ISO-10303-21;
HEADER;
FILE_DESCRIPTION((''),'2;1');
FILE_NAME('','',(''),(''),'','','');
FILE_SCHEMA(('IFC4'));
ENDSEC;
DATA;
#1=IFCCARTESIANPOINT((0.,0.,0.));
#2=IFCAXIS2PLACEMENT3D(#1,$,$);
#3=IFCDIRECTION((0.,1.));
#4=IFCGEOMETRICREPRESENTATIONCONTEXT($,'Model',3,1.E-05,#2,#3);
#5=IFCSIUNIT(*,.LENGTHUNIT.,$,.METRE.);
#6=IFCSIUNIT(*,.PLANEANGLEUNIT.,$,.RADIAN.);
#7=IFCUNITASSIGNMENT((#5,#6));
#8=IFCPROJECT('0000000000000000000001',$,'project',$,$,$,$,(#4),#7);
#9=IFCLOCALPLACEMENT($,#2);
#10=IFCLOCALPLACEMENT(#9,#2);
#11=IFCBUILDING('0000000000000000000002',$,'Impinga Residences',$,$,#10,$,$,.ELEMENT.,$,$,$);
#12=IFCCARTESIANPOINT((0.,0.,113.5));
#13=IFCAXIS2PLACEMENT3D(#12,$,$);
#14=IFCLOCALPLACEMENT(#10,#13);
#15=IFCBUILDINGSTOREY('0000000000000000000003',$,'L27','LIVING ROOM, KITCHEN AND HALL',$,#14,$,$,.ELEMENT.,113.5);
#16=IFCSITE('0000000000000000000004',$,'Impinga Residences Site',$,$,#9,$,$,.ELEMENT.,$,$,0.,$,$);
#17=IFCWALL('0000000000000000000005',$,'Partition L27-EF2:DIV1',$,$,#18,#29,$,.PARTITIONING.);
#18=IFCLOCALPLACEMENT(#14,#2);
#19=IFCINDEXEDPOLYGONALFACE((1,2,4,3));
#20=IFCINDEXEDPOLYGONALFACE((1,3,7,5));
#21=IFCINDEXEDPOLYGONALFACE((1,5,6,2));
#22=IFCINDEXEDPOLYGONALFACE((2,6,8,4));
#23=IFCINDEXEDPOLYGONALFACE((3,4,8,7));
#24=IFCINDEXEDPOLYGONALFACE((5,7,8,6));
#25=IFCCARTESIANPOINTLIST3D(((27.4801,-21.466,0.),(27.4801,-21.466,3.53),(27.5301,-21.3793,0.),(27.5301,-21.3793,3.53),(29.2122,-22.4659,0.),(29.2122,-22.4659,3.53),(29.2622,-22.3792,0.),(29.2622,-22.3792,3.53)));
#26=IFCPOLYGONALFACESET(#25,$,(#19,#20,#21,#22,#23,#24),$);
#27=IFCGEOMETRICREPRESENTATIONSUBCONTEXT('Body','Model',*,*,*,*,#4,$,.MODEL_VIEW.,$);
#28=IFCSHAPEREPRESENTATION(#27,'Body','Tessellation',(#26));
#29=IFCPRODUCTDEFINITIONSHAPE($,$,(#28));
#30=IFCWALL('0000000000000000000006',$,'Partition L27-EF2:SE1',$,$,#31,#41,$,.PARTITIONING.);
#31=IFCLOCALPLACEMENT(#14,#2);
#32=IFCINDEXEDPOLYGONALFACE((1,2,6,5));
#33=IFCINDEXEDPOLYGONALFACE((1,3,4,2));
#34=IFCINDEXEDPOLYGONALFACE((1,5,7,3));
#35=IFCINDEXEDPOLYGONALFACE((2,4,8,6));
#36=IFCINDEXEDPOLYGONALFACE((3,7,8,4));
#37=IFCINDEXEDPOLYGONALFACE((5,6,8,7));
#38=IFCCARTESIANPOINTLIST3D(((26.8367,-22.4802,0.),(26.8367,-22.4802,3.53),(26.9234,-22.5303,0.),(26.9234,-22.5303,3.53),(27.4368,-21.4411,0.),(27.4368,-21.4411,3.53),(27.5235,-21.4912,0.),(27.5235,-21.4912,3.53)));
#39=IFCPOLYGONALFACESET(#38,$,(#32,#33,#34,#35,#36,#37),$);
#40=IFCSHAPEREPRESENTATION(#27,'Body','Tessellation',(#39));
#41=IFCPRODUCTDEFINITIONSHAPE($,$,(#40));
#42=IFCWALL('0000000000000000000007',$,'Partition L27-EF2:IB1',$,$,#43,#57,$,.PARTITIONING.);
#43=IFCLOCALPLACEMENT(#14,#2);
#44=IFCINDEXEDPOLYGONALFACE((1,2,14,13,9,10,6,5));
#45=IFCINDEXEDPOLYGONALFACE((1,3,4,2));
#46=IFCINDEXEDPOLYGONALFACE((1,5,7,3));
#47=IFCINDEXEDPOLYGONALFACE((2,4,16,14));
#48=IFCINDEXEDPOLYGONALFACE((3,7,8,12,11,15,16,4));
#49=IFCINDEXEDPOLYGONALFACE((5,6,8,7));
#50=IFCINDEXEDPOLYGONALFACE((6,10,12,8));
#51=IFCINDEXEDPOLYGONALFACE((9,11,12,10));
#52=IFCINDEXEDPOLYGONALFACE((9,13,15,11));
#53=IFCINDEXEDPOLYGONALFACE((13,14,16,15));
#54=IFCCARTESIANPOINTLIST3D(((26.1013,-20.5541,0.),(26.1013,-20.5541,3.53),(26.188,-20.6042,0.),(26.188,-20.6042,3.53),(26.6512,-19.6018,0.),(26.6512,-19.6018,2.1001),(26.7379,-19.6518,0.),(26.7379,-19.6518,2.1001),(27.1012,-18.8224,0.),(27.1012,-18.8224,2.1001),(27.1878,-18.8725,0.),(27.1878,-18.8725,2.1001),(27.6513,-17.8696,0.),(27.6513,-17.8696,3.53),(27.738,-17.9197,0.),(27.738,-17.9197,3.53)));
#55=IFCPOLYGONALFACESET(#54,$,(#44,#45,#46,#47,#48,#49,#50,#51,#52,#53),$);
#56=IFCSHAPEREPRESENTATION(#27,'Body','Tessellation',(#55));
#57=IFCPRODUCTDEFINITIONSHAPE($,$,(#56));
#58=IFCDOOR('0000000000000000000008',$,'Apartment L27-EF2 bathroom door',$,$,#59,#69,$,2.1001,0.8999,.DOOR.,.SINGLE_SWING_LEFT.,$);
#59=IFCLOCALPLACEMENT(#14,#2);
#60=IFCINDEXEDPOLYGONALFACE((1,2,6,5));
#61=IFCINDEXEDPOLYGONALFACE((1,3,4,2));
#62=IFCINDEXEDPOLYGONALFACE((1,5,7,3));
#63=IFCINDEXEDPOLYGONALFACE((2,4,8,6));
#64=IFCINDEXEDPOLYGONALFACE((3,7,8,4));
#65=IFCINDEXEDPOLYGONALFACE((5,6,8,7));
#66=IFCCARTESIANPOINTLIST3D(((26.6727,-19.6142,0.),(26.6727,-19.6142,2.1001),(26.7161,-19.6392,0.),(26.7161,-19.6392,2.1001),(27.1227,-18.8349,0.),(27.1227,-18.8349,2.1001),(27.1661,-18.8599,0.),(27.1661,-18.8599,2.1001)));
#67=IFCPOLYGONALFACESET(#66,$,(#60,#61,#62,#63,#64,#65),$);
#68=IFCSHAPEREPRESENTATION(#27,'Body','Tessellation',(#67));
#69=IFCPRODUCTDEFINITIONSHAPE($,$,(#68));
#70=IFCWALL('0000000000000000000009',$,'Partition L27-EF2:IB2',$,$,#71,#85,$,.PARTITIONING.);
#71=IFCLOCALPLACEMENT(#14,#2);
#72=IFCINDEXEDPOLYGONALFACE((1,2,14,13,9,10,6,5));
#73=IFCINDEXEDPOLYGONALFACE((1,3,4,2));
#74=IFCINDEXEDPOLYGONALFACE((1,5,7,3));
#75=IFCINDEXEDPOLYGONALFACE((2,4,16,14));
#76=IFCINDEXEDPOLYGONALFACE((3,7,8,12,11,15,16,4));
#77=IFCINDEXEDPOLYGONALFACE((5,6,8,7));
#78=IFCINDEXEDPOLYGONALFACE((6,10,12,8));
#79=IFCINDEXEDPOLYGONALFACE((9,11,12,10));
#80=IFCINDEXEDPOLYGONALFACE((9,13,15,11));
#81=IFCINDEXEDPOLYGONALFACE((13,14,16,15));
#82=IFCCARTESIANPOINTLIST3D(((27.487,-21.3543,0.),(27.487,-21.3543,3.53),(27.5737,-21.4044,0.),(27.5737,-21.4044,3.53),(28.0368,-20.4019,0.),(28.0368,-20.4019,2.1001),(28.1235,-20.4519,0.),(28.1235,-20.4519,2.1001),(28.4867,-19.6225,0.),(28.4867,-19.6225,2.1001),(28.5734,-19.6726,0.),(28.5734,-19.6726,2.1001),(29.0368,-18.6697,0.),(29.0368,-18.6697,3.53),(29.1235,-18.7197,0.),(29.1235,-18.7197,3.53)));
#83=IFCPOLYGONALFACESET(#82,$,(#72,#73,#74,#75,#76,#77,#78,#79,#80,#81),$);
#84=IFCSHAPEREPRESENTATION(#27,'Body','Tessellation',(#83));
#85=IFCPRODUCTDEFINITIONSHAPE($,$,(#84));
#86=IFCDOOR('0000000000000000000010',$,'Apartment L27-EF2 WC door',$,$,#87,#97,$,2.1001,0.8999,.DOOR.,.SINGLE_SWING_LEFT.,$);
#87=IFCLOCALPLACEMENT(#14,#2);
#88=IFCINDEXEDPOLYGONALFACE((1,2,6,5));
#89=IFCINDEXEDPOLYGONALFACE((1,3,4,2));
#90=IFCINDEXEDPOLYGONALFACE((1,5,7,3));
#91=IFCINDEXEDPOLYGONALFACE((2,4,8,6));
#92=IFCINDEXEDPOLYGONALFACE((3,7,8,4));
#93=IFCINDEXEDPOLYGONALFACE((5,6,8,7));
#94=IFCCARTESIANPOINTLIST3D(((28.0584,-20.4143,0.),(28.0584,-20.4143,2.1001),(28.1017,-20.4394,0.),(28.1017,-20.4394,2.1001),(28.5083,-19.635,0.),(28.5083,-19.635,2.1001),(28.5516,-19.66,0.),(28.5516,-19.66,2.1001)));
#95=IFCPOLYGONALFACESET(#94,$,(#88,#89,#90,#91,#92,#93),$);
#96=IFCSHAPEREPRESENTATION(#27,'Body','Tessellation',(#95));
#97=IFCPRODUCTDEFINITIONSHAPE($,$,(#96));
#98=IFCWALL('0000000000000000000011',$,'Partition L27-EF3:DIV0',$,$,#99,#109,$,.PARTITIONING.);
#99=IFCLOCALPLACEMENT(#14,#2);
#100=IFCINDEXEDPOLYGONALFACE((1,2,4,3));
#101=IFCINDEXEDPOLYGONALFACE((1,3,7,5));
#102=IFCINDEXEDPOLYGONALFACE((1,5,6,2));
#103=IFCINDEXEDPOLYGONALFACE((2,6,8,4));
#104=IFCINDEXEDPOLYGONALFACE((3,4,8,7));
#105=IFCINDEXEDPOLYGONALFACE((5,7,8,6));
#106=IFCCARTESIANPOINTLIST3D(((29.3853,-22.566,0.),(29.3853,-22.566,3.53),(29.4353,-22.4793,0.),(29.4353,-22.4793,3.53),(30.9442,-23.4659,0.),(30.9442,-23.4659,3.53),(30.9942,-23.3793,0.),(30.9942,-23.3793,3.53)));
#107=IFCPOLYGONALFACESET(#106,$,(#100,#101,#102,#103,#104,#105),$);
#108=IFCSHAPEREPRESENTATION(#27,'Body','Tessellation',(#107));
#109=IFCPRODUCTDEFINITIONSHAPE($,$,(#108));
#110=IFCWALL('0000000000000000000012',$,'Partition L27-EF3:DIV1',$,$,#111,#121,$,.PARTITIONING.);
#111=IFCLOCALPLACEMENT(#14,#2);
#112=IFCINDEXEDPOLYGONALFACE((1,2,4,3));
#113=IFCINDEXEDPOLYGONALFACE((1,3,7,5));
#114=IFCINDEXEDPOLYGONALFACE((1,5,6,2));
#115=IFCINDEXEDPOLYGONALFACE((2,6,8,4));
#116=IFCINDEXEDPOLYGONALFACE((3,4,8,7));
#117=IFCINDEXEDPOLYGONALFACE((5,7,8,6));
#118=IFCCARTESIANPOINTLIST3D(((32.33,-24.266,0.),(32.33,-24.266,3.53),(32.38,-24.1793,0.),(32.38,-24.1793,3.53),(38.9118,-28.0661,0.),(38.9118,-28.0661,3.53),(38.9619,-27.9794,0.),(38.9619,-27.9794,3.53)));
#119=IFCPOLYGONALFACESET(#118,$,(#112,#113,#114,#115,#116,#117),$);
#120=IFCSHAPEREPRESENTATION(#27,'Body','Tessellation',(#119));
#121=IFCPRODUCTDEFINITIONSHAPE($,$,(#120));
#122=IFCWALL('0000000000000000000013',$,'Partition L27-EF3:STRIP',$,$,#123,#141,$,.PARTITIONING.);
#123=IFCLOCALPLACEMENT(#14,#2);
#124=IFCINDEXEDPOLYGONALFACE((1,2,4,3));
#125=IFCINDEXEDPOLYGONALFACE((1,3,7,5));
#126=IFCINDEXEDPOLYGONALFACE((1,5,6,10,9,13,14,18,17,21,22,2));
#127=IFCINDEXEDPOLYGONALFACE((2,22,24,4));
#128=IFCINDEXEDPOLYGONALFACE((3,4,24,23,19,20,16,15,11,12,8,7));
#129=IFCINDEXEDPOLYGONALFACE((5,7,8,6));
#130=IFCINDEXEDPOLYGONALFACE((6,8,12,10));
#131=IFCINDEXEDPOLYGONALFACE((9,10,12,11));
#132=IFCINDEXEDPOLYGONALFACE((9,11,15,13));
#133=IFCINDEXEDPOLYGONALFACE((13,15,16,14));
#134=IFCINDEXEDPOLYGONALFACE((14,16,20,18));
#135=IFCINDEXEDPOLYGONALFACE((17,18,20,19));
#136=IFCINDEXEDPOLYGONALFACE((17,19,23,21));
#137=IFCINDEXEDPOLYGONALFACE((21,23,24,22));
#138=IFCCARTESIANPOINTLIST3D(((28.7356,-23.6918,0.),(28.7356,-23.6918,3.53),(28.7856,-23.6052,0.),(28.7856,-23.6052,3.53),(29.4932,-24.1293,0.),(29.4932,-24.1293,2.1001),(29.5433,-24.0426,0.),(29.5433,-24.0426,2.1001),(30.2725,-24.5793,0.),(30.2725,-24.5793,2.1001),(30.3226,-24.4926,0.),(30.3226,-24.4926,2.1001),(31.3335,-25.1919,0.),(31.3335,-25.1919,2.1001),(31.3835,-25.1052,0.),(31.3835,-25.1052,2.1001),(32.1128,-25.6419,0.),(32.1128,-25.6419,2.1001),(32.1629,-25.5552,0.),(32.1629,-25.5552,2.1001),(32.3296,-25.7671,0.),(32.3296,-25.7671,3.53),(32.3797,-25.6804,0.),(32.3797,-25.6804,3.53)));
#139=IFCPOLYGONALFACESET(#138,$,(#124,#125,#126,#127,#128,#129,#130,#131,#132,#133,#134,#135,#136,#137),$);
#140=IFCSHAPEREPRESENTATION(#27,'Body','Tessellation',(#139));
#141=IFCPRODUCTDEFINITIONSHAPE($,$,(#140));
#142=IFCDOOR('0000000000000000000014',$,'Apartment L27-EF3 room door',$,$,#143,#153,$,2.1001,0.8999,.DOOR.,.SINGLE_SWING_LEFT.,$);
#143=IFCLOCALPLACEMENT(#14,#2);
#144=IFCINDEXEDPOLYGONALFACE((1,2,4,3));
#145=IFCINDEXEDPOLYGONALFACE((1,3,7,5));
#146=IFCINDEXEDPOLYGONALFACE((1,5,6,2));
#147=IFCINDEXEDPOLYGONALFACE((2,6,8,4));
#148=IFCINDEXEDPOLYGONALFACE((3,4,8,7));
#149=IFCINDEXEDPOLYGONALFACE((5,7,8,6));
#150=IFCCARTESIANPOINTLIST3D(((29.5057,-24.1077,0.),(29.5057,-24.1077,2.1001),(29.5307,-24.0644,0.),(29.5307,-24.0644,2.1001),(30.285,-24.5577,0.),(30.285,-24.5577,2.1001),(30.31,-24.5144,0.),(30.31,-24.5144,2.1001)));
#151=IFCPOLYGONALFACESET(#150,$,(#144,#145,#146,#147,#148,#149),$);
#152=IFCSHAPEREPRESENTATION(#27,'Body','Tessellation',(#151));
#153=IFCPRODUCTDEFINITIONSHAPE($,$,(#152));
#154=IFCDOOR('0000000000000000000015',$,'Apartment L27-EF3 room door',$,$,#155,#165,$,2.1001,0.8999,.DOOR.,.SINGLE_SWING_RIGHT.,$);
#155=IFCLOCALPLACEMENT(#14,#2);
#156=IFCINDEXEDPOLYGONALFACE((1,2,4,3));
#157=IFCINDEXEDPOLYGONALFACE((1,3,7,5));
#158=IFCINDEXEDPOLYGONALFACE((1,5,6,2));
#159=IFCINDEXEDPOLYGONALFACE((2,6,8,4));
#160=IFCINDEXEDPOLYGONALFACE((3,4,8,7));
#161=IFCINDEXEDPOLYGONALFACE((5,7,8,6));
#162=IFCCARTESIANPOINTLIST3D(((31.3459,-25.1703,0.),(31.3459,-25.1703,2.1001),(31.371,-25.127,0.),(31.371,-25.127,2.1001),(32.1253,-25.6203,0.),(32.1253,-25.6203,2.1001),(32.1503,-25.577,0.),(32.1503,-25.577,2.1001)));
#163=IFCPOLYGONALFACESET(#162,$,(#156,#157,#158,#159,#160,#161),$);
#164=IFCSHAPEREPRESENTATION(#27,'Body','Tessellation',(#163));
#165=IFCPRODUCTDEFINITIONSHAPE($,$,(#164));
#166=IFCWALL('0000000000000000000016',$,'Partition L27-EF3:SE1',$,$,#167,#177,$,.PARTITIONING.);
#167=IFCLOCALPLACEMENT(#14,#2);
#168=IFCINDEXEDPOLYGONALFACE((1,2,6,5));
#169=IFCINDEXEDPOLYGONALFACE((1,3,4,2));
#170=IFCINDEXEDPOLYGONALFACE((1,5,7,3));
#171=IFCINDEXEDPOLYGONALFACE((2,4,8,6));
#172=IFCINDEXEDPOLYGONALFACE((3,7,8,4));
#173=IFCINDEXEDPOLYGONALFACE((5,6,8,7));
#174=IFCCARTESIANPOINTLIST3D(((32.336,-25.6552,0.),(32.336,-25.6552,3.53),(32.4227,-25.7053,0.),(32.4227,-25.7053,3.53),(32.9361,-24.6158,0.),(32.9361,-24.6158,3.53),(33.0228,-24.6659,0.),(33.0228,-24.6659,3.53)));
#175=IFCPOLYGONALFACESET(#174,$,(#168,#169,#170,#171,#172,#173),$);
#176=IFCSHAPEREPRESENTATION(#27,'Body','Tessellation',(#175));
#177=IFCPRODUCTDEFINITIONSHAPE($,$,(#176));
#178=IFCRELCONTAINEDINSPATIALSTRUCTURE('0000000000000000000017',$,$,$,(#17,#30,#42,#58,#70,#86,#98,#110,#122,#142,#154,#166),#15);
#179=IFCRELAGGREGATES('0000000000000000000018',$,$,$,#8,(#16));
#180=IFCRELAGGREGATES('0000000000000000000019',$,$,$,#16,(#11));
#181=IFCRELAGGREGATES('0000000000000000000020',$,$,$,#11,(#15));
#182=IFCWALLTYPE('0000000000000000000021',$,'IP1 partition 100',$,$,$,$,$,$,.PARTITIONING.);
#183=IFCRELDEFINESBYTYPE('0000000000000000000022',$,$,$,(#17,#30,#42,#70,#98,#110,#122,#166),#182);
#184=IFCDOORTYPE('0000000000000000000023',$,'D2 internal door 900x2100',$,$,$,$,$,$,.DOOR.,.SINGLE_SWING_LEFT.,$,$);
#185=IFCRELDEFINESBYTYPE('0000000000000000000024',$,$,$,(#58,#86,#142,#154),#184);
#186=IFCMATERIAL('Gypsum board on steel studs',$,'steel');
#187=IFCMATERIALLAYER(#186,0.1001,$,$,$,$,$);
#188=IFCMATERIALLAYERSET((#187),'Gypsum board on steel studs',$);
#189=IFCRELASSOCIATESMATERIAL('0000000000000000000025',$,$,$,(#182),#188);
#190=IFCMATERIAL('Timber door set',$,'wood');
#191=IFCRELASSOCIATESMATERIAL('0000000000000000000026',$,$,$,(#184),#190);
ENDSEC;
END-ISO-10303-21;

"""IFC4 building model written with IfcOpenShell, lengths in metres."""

from ifc_helpers import new_model, si_unit, direction, frame, frame_2d, origin, place, context, subcontext, project, spatial, rectangle, extrude, material, layer, layer_set, type_object, element, fill, save


model = new_model("IFC4")

# Units and contexts
model_context = context("Model", 3, precision=1e-05, world=origin(), true_north=direction((0.0, 1.0)))
body_context = subcontext(model_context, "Body", "Model", "MODEL_VIEW")
ifc_project = project(units=[si_unit("LENGTHUNIT", "METRE"), si_unit("PLANEANGLEUNIT", "RADIAN")], contexts=[model_context])

# Site, building, storey
site_placement = place(None, origin())
site = spatial("IfcSite", under=ifc_project, at=site_placement, Name="Impinga Residences Site", CompositionType="ELEMENT", RefElevation=0.0)
building_placement = place(site_placement, origin())
building = spatial("IfcBuilding", under=site, at=building_placement, Name="Impinga Residences", CompositionType="ELEMENT")
storey_placement = place(building_placement, frame((0.0, 0.0, 113.5)))
storey = spatial("IfcBuildingStorey", under=building, at=storey_placement, Name="L27", Description="LIVING ROOM, KITCHEN AND HALL", CompositionType="ELEMENT", Elevation=113.5)

# Walls
ifc_material_1 = material(Name="Gypsum board on steel studs", Category="steel")
ifc_layer_1 = layer(ifc_material_1, 0.1001)
ifc_layer_set_1 = layer_set([ifc_layer_1], Name="Gypsum board on steel studs")
wall_type_1 = type_object("IfcWallType", Name="IP1 partition 100", PredefinedType="PARTITIONING", material=ifc_layer_set_1)
wall_1_placement = place(storey_placement, frame((27.5051, -21.4226, 0.0), z_axis=(0.0, 0.0, 1.0), x_axis=(0.866041, -0.499973, 0.0)))
element("IfcWall", 1, at=wall_1_placement, inside=storey, type_object=wall_type_1, Name="Partition L27-EF2:DIV1", PredefinedType="PARTITIONING", context=body_context, shape_type="SweptSolid", body=[
    extrude(rectangle(XDim=2.0, YDim=0.1001, at=frame_2d((1.0, 0.0))), origin(), (0.0, 0.0, 1.0), 3.53),
])
wall_2_placement = place(storey_placement, frame((27.4802, -21.4661, 0.0), z_axis=(0.0, 0.0, 1.0), x_axis=(-0.500122, -0.865955, 0.0)))
element("IfcWall", 2, at=wall_2_placement, inside=storey, type_object=wall_type_1, Name="Partition L27-EF2:SE1", PredefinedType="PARTITIONING", context=body_context, shape_type="SweptSolid", body=[
    extrude(rectangle(XDim=1.2, YDim=0.1001, at=frame_2d((0.6001, 0.0))), origin(), (0.0, 0.0, 1.0), 3.53),
])

# Walls, openings, doors
wall_3_placement = place(storey_placement, frame((27.6946, -17.8948, 0.0), z_axis=(0.0, 0.0, 1.0), x_axis=(-0.500027, -0.86601, 0.0)))
wall_3 = element("IfcWall", 3, at=wall_3_placement, inside=storey, type_object=wall_type_1, Name="Partition L27-EF2:IB1", PredefinedType="PARTITIONING", context=body_context, shape_type="SweptSolid", body=[
    extrude(rectangle(XDim=3.0999, YDim=0.1001, at=frame_2d((1.5498, 0.0))), origin(), (0.0, 0.0, 1.0), 3.53),
])
opening_1_placement = place(wall_3_placement, frame((1.1001, 0.0, 0.0)))
opening_1 = element("IfcOpeningElement", 4, at=opening_1_placement, cuts=wall_3, PredefinedType="OPENING", context=body_context, shape_type="SweptSolid", body=[
    extrude(rectangle(XDim=0.8999, YDim=2.1001, at=frame_2d((0.45, 1.05))), frame((0.0, 0.0601, 0.0), z_axis=(0.0, -1.0, 0.0), x_axis=(1.0, 0.0, 0.0)), (0.0, 0.0, 1.0), 0.1201),
])
ifc_material_2 = material(Name="Timber door set", Category="wood")
door_type = type_object("IfcDoorType", Name="D2 internal door 900x2100", OperationType="SINGLE_SWING_LEFT", PredefinedType="DOOR", material=ifc_material_2)
door_1_placement = place(opening_1_placement, origin())
door_1 = element("IfcDoor", 5, at=door_1_placement, inside=storey, type_object=door_type, Name="Apartment L27-EF2 bathroom door", OperationType="SINGLE_SWING_LEFT", OverallHeight=2.1001, OverallWidth=0.8999, PredefinedType="DOOR", context=body_context, shape_type="SweptSolid", body=[
    extrude(rectangle(XDim=0.8999, YDim=2.1001, at=frame_2d((0.45, 1.05))), frame((0.0, 0.0249, 0.0), z_axis=(0.0, -1.0, 0.0), x_axis=(1.0, 0.0, 0.0)), (0.0, 0.0, 1.0), 0.05),
])
fill(opening_1, door_1)
wall_4_placement = place(storey_placement, frame((29.0801, -18.6948, 0.0), z_axis=(0.0, 0.0, 1.0), x_axis=(-0.499968, -0.866044, 0.0)))
wall_4 = element("IfcWall", 6, at=wall_4_placement, inside=storey, type_object=wall_type_1, Name="Partition L27-EF2:IB2", PredefinedType="PARTITIONING", context=body_context, shape_type="SweptSolid", body=[
    extrude(rectangle(XDim=3.0999, YDim=0.1001, at=frame_2d((1.5498, 0.0))), origin(), (0.0, 0.0, 1.0), 3.53),
])
opening_2_placement = place(wall_4_placement, frame((1.1001, 0.0, 0.0)))
opening_2 = element("IfcOpeningElement", 7, at=opening_2_placement, cuts=wall_4, PredefinedType="OPENING", context=body_context, shape_type="SweptSolid", body=[
    extrude(rectangle(XDim=0.8999, YDim=2.1001, at=frame_2d((0.45, 1.05))), frame((0.0, 0.0601, 0.0), z_axis=(0.0, -1.0, 0.0), x_axis=(1.0, 0.0, 0.0)), (0.0, 0.0, 1.0), 0.1201),
])
door_2_placement = place(opening_2_placement, origin())
door_2 = element("IfcDoor", 8, at=door_2_placement, inside=storey, type_object=door_type, Name="Apartment L27-EF2 WC door", OperationType="SINGLE_SWING_LEFT", OverallHeight=2.1001, OverallWidth=0.8999, PredefinedType="DOOR", context=body_context, shape_type="SweptSolid", body=[
    extrude(rectangle(XDim=0.8999, YDim=2.1001, at=frame_2d((0.45, 1.05))), frame((0.0, 0.0249, 0.0), z_axis=(0.0, -1.0, 0.0), x_axis=(1.0, 0.0, 0.0)), (0.0, 0.0, 1.0), 0.05),
])
fill(opening_2, door_2)

# Walls
wall_5_placement = place(storey_placement, frame((29.4104, -22.5227, 0.0), z_axis=(0.0, 0.0, 1.0), x_axis=(0.866048, -0.499961, 0.0)))
element("IfcWall", 9, at=wall_5_placement, inside=storey, type_object=wall_type_1, Name="Partition L27-EF3:DIV0", PredefinedType="PARTITIONING", context=body_context, shape_type="SweptSolid", body=[
    extrude(rectangle(XDim=1.8, YDim=0.1001, at=frame_2d((0.8999, 0.0))), origin(), (0.0, 0.0, 1.0), 3.53),
])
wall_6_placement = place(storey_placement, frame((32.355, -24.2227, 0.0), z_axis=(0.0, 0.0, 1.0), x_axis=(0.866022, -0.500005, 0.0)))
element("IfcWall", 10, at=wall_6_placement, inside=storey, type_object=wall_type_1, Name="Partition L27-EF3:DIV1", PredefinedType="PARTITIONING", context=body_context, shape_type="SweptSolid", body=[
    extrude(rectangle(XDim=7.6001, YDim=0.1001, at=frame_2d((3.8, 0.0))), origin(), (0.0, 0.0, 1.0), 3.53),
])

# Wall, openings, doors
wall_7_placement = place(storey_placement, frame((28.7605, -23.6484, 0.0), z_axis=(0.0, 0.0, 1.0), x_axis=(0.866004, -0.500036, 0.0)))
wall_7 = element("IfcWall", 11, at=wall_7_placement, inside=storey, type_object=wall_type_1, Name="Partition L27-EF3:STRIP", PredefinedType="PARTITIONING", context=body_context, shape_type="SweptSolid", body=[
    extrude(rectangle(XDim=4.1501, YDim=0.1001, at=frame_2d((2.0752, 0.0))), origin(), (0.0, 0.0, 1.0), 3.53),
])
opening_3_placement = place(wall_7_placement, frame((0.875, 0.0, 0.0)))
opening_3 = element("IfcOpeningElement", 12, at=opening_3_placement, cuts=wall_7, PredefinedType="OPENING", context=body_context, shape_type="SweptSolid", body=[
    extrude(rectangle(XDim=0.8999, YDim=2.1001, at=frame_2d((0.45, 1.05))), frame((0.0, 0.0601, 0.0), z_axis=(0.0, -1.0, 0.0), x_axis=(1.0, 0.0, 0.0)), (0.0, 0.0, 1.0), 0.1201),
])
opening_4_placement = place(wall_7_placement, frame((3.0, 0.0, 0.0)))
opening_4 = element("IfcOpeningElement", 13, at=opening_4_placement, cuts=wall_7, PredefinedType="OPENING", context=body_context, shape_type="SweptSolid", body=[
    extrude(rectangle(XDim=0.8999, YDim=2.1001, at=frame_2d((0.45, 1.05))), frame((0.0, 0.0601, 0.0), z_axis=(0.0, -1.0, 0.0), x_axis=(1.0, 0.0, 0.0)), (0.0, 0.0, 1.0), 0.1201),
])
door_3_placement = place(opening_3_placement, origin())
door_3 = element("IfcDoor", 14, at=door_3_placement, inside=storey, type_object=door_type, Name="Apartment L27-EF3 room door", OperationType="SINGLE_SWING_LEFT", OverallHeight=2.1001, OverallWidth=0.8999, PredefinedType="DOOR", context=body_context, shape_type="SweptSolid", body=[
    extrude(rectangle(XDim=0.8999, YDim=2.1001, at=frame_2d((0.45, 1.05))), frame((0.0, 0.0249, 0.0), z_axis=(0.0, -1.0, 0.0), x_axis=(1.0, 0.0, 0.0)), (0.0, 0.0, 1.0), 0.05),
])
fill(opening_3, door_3)
door_4_placement = place(opening_4_placement, origin())
door_4 = element("IfcDoor", 15, at=door_4_placement, inside=storey, type_object=door_type, Name="Apartment L27-EF3 room door", OperationType="SINGLE_SWING_RIGHT", OverallHeight=2.1001, OverallWidth=0.8999, PredefinedType="DOOR", context=body_context, shape_type="SweptSolid", body=[
    extrude(rectangle(XDim=0.8999, YDim=2.1001, at=frame_2d((0.45, 1.05))), frame((0.0, 0.0249, 0.0), z_axis=(0.0, -1.0, 0.0), x_axis=(1.0, 0.0, 0.0)), (0.0, 0.0, 1.0), 0.05),
])
fill(opening_4, door_4)

# Wall
wall_8_placement = place(storey_placement, frame((32.9795, -24.6409, 0.0), z_axis=(0.0, 0.0, 1.0), x_axis=(-0.500034, -0.866006, 0.0)))
element("IfcWall", 16, at=wall_8_placement, inside=storey, type_object=wall_type_1, Name="Partition L27-EF3:SE1", PredefinedType="PARTITIONING", context=body_context, shape_type="SweptSolid", body=[
    extrude(rectangle(XDim=1.2002, YDim=0.1001, at=frame_2d((0.6001, 0.0))), origin(), (0.0, 0.0, 1.0), 3.53),
])

save(model, "model.ifc")
